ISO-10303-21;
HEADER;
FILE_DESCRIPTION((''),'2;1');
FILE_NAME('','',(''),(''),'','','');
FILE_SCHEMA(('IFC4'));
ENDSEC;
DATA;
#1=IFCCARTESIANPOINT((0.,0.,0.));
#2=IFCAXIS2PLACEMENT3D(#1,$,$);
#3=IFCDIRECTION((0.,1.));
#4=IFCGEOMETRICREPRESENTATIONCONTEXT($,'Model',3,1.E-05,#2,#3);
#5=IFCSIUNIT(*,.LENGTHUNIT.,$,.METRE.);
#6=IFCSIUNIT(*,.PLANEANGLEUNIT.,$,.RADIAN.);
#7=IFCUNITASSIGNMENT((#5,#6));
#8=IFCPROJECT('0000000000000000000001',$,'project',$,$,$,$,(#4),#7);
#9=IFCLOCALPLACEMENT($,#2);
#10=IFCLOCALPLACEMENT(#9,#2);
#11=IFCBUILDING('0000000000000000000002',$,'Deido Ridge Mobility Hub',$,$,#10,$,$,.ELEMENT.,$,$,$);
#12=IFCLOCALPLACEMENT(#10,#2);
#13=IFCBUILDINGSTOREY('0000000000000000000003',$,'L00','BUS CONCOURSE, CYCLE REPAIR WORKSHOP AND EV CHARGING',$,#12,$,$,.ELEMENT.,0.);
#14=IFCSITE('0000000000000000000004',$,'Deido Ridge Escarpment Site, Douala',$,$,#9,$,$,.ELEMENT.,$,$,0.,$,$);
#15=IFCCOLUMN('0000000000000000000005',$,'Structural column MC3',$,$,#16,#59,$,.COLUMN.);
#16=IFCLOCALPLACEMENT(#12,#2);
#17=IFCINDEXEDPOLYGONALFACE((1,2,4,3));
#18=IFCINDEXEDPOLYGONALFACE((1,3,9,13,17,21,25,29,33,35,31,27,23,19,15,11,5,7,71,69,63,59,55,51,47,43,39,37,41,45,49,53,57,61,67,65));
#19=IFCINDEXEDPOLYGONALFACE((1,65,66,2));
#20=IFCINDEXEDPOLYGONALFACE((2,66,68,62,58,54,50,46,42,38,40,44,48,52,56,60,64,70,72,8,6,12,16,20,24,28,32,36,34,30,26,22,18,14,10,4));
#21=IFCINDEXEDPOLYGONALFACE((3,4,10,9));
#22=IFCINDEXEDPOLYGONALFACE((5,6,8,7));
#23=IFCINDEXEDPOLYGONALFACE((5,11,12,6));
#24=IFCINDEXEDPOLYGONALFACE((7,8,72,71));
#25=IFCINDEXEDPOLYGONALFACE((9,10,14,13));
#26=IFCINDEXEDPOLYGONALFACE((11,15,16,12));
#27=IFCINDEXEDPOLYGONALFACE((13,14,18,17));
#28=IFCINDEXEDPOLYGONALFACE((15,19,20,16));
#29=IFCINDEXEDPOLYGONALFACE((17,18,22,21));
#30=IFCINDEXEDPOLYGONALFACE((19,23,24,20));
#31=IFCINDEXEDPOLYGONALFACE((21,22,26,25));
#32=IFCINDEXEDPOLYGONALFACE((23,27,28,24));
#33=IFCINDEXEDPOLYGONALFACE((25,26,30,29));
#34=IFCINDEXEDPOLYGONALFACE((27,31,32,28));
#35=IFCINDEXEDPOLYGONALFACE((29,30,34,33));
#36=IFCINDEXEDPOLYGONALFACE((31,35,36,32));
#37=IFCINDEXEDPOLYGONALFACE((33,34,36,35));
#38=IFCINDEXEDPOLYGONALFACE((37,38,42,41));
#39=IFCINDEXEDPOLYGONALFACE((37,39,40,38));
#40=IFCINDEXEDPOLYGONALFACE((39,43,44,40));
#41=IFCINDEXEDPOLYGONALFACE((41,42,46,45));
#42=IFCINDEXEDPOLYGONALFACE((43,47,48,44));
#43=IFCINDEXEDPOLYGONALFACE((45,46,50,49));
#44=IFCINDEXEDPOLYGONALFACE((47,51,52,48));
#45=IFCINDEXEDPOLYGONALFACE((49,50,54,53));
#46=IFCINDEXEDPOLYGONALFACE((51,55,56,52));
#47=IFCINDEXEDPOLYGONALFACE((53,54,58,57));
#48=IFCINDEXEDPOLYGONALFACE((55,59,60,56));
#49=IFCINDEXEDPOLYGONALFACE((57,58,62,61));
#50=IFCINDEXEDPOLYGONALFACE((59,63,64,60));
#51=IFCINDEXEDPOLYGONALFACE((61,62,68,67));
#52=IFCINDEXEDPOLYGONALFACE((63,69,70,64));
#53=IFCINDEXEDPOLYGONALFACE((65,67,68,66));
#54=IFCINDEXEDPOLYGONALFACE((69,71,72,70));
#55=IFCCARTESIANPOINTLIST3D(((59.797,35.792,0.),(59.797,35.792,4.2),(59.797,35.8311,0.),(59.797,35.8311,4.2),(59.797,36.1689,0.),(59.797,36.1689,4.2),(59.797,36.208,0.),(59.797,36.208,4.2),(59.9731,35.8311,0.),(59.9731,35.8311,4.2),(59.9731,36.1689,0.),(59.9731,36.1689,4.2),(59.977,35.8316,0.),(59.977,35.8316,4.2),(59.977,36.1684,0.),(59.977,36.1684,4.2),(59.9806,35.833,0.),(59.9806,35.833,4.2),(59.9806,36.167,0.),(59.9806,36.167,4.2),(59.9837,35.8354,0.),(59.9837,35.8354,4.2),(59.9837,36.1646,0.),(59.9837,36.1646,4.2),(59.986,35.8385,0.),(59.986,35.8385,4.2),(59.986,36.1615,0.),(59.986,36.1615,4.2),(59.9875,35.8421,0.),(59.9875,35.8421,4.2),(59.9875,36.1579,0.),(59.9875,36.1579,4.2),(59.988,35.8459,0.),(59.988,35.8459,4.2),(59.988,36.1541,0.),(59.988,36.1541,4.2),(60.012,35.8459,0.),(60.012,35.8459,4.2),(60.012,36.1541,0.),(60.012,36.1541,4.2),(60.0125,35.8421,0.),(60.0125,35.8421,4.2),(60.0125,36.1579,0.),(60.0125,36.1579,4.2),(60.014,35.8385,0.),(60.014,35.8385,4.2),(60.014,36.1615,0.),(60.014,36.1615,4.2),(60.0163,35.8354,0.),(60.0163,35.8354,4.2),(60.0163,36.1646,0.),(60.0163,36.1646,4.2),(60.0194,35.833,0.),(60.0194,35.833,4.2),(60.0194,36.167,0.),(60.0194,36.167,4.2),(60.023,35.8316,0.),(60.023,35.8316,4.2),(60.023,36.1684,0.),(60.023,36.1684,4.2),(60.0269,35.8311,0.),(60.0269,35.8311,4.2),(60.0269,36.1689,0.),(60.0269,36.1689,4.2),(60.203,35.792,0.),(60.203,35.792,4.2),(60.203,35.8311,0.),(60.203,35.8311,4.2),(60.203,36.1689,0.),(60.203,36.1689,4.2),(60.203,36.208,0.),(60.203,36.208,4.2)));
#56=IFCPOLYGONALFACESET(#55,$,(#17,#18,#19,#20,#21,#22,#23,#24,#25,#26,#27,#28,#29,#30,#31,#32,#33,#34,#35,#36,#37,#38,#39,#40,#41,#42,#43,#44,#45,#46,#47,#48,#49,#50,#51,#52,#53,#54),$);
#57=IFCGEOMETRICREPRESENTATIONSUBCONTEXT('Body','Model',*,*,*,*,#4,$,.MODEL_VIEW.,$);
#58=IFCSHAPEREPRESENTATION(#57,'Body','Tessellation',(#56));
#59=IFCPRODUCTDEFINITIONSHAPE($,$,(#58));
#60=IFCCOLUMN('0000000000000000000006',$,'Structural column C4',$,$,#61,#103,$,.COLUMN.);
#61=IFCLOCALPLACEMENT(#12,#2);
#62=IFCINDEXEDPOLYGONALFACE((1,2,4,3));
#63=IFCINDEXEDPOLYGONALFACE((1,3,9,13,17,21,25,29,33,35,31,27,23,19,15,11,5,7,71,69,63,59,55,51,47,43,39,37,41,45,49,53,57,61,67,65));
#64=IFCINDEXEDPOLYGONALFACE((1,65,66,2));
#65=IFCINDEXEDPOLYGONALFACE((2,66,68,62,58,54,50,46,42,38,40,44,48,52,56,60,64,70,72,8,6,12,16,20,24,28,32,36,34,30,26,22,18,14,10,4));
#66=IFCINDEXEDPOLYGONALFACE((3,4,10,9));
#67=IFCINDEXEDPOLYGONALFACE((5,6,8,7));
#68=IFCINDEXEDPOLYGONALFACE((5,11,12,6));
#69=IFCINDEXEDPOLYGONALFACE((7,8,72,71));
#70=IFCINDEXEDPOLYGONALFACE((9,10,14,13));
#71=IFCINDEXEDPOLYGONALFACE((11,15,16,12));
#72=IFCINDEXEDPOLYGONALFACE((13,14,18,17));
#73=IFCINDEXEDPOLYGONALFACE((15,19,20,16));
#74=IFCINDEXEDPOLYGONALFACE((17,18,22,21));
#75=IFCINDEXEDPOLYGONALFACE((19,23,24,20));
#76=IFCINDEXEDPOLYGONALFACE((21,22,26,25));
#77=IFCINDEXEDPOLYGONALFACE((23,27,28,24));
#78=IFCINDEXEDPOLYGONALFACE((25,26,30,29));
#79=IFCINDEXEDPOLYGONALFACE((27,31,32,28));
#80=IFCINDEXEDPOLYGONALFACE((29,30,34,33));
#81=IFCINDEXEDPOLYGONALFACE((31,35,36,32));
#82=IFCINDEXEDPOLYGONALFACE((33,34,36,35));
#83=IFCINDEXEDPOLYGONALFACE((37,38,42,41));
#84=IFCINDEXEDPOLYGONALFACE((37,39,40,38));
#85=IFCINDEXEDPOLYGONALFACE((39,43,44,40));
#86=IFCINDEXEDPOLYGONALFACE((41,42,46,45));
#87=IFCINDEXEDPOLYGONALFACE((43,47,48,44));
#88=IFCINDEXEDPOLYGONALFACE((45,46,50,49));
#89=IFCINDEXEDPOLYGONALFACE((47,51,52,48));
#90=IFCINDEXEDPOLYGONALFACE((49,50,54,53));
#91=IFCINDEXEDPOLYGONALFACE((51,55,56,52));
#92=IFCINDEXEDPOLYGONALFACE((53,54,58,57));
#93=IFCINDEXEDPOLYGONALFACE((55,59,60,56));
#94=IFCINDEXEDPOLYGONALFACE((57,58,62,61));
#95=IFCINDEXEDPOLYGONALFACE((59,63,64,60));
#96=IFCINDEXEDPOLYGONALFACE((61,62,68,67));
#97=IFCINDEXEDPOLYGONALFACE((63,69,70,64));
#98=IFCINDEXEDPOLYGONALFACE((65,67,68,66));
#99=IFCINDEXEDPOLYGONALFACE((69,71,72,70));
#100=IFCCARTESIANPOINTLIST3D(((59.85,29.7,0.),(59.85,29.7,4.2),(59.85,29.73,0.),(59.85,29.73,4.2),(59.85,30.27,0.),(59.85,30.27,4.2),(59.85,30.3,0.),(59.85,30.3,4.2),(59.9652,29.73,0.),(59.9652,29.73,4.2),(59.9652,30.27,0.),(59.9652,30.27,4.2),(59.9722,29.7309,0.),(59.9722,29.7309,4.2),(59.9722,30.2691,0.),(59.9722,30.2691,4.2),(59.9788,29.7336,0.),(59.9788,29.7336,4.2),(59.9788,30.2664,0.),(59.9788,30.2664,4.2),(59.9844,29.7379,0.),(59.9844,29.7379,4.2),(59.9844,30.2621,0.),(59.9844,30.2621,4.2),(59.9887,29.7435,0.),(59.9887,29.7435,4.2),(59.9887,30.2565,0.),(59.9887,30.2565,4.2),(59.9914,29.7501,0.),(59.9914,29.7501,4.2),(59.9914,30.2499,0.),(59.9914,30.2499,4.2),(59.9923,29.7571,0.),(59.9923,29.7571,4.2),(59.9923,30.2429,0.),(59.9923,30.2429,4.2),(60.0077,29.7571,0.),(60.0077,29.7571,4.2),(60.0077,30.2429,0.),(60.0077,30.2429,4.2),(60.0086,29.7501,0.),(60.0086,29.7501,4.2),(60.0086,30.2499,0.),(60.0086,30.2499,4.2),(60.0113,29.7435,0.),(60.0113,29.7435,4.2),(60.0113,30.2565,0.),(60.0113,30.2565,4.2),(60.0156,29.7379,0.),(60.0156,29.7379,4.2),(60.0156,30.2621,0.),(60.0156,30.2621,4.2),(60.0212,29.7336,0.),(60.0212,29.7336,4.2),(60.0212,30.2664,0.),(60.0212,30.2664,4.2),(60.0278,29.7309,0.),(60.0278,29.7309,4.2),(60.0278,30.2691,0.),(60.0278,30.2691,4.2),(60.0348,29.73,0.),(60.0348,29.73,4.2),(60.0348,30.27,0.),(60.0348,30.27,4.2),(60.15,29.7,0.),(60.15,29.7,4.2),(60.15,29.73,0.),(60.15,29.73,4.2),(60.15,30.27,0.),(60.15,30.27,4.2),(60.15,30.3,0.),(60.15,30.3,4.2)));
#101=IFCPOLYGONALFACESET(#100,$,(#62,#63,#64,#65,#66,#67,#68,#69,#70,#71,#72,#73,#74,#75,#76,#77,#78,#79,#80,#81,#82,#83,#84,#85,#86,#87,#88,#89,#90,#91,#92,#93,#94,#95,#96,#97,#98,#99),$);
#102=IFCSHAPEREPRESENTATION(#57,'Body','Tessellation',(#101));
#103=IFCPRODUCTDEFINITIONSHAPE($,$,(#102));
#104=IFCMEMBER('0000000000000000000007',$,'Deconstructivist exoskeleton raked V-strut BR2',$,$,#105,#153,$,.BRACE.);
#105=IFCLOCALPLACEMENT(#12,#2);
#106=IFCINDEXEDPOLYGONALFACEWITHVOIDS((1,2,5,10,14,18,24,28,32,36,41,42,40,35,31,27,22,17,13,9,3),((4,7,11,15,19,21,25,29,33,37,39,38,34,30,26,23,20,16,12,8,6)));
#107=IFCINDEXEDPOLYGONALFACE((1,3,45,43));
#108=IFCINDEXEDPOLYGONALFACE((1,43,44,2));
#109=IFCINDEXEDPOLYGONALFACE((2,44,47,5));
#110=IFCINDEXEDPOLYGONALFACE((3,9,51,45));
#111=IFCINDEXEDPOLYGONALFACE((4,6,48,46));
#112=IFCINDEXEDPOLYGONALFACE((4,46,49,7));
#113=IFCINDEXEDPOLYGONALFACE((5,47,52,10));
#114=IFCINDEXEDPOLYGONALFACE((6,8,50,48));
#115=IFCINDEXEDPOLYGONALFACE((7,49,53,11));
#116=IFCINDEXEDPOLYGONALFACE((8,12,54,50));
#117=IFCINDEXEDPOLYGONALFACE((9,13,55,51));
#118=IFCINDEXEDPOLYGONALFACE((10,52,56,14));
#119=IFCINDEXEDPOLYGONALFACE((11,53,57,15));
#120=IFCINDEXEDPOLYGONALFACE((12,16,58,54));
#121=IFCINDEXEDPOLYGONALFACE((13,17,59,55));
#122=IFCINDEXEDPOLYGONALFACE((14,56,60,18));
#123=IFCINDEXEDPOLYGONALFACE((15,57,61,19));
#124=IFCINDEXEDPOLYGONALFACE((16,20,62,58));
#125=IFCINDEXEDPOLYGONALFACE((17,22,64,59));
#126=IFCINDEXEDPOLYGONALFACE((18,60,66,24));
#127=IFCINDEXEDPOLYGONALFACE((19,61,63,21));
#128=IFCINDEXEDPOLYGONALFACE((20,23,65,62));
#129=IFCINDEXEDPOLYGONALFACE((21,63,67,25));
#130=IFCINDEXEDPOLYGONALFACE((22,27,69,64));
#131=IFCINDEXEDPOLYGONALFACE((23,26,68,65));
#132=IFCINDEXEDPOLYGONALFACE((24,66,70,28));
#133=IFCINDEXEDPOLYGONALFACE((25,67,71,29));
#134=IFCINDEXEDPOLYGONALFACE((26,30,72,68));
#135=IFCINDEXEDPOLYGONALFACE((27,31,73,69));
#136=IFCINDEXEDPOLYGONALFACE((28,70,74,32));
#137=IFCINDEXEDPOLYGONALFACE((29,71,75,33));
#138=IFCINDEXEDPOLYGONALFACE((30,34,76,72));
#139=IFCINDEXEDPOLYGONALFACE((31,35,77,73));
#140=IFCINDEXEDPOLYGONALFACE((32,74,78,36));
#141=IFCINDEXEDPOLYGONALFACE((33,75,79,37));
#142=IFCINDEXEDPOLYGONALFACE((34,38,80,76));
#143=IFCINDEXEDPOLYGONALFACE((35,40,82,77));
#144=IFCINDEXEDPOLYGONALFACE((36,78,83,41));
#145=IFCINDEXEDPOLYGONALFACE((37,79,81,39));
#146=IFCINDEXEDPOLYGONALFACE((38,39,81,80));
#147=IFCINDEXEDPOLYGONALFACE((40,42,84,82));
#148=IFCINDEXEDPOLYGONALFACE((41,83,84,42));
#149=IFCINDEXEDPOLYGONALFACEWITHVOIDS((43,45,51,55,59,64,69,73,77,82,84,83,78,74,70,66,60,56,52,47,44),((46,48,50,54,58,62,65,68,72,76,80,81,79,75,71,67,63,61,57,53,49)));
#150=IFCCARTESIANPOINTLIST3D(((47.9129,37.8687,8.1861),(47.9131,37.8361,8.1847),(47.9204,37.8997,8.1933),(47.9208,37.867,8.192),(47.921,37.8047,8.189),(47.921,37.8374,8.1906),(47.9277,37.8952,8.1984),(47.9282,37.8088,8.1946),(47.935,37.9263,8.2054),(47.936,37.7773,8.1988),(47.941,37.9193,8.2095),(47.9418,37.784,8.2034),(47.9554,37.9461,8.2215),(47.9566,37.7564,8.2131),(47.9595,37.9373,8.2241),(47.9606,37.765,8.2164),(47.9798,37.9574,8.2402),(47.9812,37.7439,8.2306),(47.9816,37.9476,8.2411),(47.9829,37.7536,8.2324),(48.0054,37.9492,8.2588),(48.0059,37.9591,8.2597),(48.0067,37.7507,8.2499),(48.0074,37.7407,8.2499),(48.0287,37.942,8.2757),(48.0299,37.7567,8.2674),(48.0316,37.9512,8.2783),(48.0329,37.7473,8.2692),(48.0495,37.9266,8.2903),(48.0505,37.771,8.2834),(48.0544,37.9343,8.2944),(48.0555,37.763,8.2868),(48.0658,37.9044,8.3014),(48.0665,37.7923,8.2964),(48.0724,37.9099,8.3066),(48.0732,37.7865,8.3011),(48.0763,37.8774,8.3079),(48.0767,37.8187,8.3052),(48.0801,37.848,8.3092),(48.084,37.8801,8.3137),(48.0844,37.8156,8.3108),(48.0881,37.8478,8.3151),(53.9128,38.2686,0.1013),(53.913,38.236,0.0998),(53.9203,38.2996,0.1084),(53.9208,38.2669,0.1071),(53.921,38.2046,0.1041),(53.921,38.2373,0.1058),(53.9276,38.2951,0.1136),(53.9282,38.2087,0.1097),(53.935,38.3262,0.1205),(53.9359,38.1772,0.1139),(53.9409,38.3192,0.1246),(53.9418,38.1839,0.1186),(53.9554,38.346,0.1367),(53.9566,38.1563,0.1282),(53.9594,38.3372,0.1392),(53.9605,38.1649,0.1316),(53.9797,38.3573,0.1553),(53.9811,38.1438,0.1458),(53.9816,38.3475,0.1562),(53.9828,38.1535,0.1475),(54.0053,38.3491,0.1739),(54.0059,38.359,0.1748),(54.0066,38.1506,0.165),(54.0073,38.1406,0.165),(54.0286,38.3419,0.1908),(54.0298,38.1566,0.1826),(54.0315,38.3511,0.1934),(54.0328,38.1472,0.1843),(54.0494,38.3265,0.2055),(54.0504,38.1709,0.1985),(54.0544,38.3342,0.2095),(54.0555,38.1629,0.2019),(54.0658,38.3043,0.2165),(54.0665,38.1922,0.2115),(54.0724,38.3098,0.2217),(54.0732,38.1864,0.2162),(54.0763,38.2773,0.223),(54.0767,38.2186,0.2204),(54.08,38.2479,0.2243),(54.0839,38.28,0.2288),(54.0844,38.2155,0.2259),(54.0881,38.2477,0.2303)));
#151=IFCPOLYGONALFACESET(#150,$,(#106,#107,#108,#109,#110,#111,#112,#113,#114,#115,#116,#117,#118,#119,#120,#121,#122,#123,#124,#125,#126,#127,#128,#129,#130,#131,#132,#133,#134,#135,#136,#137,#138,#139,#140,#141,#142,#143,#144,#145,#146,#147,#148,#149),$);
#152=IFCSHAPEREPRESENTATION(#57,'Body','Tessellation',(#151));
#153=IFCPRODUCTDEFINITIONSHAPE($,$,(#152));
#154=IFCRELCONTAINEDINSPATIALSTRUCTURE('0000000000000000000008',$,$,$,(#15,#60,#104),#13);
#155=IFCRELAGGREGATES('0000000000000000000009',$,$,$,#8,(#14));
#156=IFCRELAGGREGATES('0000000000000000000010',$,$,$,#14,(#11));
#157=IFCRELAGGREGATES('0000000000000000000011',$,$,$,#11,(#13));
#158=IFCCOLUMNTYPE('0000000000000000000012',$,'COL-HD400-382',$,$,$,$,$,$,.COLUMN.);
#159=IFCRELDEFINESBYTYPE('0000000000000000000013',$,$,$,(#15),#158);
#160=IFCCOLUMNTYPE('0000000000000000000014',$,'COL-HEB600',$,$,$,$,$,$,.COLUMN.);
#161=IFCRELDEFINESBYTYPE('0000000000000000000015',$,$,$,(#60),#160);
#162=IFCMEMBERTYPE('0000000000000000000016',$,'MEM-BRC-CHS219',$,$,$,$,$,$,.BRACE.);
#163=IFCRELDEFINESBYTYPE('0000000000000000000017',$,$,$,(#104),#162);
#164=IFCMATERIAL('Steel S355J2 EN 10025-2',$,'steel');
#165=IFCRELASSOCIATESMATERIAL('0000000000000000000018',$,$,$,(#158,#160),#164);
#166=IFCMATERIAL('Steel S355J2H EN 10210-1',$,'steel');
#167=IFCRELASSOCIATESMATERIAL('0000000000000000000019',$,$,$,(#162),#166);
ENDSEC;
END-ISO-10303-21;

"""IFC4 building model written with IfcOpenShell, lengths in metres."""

from ifc_helpers import new_model, si_unit, direction, frame, origin, origin_2d, place, context, subcontext, project, spatial, hollow_circle, i_section, extrude, material, material_profile, profile_set, type_object, element, save


model = new_model("IFC4")

# Units and contexts
model_context = context("Model", 3, precision=1e-05, world=origin(), true_north=direction((0.0, 1.0)))
body_context = subcontext(model_context, "Body", "Model", "MODEL_VIEW")
ifc_project = project(units=[si_unit("LENGTHUNIT", "METRE"), si_unit("PLANEANGLEUNIT", "RADIAN")], contexts=[model_context])

# Site, building, storey
site_placement = place(None, origin())
site = spatial("IfcSite", under=ifc_project, at=site_placement, Name="Deido Ridge Escarpment Site, Douala", CompositionType="ELEMENT", RefElevation=0.0)
building_placement = place(site_placement, origin())
building = spatial("IfcBuilding", under=site, at=building_placement, Name="Deido Ridge Mobility Hub", CompositionType="ELEMENT")
storey_placement = place(building_placement, origin())
storey = spatial("IfcBuildingStorey", under=building, at=storey_placement, Name="L00", Description="BUS CONCOURSE, CYCLE REPAIR WORKSHOP AND EV CHARGING", CompositionType="ELEMENT", Elevation=0.0)

# Columns
ifc_material_1 = material(Name="Steel S355J2 EN 10025-2", Category="steel")
ifc_material_profile_1 = material_profile(ifc_material_1, i_section(OverallWidth=0.406, OverallDepth=0.416, WebThickness=0.0239, FlangeThickness=0.0391, FilletRadius=0.0149, at=origin_2d()), Name="HD 400x382")
ifc_profile_set_1 = profile_set([ifc_material_profile_1], Name="Steel S355J2 EN 10025-2")
column_type_1 = type_object("IfcColumnType", Name="COL-HD400-382", PredefinedType="COLUMN", material=ifc_profile_set_1)
column_1_placement = place(storey_placement, frame((60.0, 36.0, 0.0), z_axis=(0.0, 0.0, 1.0), x_axis=(1.0, 0.0, 0.0)))
element("IfcColumn", 1, at=column_1_placement, inside=storey, type_object=column_type_1, Name="Structural column MC3", PredefinedType="COLUMN", context=body_context, shape_type="SweptSolid", body=[
    extrude(i_section(OverallWidth=0.406, OverallDepth=0.416, WebThickness=0.0239, FlangeThickness=0.0391, FilletRadius=0.0149, at=origin_2d()), origin(), (0.0, 0.0, 1.0), 4.2),
])
ifc_material_profile_2 = material_profile(ifc_material_1, i_section(OverallWidth=0.3, OverallDepth=0.6001, WebThickness=0.0154, FlangeThickness=0.03, FilletRadius=0.0271, at=origin_2d()), Name="HEB 600")
ifc_profile_set_2 = profile_set([ifc_material_profile_2], Name="Steel S355J2 EN 10025-2")
column_type_2 = type_object("IfcColumnType", Name="COL-HEB600", PredefinedType="COLUMN", material=ifc_profile_set_2)
column_2_placement = place(storey_placement, frame((60.0, 30.0, 0.0), z_axis=(0.0, 0.0, 1.0), x_axis=(1.0, 0.0, 0.0)))
element("IfcColumn", 2, at=column_2_placement, inside=storey, type_object=column_type_2, Name="Structural column C4", PredefinedType="COLUMN", context=body_context, shape_type="SweptSolid", body=[
    extrude(i_section(OverallWidth=0.3, OverallDepth=0.6001, WebThickness=0.0154, FlangeThickness=0.03, FilletRadius=0.0271, at=origin_2d()), origin(), (0.0, 0.0, 1.0), 4.2),
])

# Member
ifc_material_2 = material(Name="Steel S355J2H EN 10210-1", Category="steel")
ifc_material_profile_3 = material_profile(ifc_material_2, hollow_circle(Radius=0.1096, WallThickness=0.01, at=origin_2d()), Name="CHS 219.1x10")
ifc_profile_set_3 = profile_set([ifc_material_profile_3], Name="Steel S355J2H EN 10210-1")
member_type_1 = type_object("IfcMemberType", Name="MEM-BRC-CHS219", PredefinedType="BRACE", material=ifc_profile_set_3)
for number, where, z_axis, x_axis, name in (
    (3, (54.0, 38.25, 0.165), (-0.595472, -0.039688, 0.802395), (0.066503, -0.997786, 0.0), "Deconstructivist exoskeleton raked V-strut BR2"),
):
    element("IfcMember", number, at=place(storey_placement, frame(where, z_axis=z_axis, x_axis=x_axis)), inside=storey, type_object=member_type_1, Name=name, PredefinedType="BRACE", context=body_context, shape_type="SweptSolid", body=[
        extrude(hollow_circle(Radius=0.1096, WallThickness=0.01, at=origin_2d()), origin(), (0.0, 0.0, 1.0), 10.0759),
    ])

save(model, "model.ifc")
